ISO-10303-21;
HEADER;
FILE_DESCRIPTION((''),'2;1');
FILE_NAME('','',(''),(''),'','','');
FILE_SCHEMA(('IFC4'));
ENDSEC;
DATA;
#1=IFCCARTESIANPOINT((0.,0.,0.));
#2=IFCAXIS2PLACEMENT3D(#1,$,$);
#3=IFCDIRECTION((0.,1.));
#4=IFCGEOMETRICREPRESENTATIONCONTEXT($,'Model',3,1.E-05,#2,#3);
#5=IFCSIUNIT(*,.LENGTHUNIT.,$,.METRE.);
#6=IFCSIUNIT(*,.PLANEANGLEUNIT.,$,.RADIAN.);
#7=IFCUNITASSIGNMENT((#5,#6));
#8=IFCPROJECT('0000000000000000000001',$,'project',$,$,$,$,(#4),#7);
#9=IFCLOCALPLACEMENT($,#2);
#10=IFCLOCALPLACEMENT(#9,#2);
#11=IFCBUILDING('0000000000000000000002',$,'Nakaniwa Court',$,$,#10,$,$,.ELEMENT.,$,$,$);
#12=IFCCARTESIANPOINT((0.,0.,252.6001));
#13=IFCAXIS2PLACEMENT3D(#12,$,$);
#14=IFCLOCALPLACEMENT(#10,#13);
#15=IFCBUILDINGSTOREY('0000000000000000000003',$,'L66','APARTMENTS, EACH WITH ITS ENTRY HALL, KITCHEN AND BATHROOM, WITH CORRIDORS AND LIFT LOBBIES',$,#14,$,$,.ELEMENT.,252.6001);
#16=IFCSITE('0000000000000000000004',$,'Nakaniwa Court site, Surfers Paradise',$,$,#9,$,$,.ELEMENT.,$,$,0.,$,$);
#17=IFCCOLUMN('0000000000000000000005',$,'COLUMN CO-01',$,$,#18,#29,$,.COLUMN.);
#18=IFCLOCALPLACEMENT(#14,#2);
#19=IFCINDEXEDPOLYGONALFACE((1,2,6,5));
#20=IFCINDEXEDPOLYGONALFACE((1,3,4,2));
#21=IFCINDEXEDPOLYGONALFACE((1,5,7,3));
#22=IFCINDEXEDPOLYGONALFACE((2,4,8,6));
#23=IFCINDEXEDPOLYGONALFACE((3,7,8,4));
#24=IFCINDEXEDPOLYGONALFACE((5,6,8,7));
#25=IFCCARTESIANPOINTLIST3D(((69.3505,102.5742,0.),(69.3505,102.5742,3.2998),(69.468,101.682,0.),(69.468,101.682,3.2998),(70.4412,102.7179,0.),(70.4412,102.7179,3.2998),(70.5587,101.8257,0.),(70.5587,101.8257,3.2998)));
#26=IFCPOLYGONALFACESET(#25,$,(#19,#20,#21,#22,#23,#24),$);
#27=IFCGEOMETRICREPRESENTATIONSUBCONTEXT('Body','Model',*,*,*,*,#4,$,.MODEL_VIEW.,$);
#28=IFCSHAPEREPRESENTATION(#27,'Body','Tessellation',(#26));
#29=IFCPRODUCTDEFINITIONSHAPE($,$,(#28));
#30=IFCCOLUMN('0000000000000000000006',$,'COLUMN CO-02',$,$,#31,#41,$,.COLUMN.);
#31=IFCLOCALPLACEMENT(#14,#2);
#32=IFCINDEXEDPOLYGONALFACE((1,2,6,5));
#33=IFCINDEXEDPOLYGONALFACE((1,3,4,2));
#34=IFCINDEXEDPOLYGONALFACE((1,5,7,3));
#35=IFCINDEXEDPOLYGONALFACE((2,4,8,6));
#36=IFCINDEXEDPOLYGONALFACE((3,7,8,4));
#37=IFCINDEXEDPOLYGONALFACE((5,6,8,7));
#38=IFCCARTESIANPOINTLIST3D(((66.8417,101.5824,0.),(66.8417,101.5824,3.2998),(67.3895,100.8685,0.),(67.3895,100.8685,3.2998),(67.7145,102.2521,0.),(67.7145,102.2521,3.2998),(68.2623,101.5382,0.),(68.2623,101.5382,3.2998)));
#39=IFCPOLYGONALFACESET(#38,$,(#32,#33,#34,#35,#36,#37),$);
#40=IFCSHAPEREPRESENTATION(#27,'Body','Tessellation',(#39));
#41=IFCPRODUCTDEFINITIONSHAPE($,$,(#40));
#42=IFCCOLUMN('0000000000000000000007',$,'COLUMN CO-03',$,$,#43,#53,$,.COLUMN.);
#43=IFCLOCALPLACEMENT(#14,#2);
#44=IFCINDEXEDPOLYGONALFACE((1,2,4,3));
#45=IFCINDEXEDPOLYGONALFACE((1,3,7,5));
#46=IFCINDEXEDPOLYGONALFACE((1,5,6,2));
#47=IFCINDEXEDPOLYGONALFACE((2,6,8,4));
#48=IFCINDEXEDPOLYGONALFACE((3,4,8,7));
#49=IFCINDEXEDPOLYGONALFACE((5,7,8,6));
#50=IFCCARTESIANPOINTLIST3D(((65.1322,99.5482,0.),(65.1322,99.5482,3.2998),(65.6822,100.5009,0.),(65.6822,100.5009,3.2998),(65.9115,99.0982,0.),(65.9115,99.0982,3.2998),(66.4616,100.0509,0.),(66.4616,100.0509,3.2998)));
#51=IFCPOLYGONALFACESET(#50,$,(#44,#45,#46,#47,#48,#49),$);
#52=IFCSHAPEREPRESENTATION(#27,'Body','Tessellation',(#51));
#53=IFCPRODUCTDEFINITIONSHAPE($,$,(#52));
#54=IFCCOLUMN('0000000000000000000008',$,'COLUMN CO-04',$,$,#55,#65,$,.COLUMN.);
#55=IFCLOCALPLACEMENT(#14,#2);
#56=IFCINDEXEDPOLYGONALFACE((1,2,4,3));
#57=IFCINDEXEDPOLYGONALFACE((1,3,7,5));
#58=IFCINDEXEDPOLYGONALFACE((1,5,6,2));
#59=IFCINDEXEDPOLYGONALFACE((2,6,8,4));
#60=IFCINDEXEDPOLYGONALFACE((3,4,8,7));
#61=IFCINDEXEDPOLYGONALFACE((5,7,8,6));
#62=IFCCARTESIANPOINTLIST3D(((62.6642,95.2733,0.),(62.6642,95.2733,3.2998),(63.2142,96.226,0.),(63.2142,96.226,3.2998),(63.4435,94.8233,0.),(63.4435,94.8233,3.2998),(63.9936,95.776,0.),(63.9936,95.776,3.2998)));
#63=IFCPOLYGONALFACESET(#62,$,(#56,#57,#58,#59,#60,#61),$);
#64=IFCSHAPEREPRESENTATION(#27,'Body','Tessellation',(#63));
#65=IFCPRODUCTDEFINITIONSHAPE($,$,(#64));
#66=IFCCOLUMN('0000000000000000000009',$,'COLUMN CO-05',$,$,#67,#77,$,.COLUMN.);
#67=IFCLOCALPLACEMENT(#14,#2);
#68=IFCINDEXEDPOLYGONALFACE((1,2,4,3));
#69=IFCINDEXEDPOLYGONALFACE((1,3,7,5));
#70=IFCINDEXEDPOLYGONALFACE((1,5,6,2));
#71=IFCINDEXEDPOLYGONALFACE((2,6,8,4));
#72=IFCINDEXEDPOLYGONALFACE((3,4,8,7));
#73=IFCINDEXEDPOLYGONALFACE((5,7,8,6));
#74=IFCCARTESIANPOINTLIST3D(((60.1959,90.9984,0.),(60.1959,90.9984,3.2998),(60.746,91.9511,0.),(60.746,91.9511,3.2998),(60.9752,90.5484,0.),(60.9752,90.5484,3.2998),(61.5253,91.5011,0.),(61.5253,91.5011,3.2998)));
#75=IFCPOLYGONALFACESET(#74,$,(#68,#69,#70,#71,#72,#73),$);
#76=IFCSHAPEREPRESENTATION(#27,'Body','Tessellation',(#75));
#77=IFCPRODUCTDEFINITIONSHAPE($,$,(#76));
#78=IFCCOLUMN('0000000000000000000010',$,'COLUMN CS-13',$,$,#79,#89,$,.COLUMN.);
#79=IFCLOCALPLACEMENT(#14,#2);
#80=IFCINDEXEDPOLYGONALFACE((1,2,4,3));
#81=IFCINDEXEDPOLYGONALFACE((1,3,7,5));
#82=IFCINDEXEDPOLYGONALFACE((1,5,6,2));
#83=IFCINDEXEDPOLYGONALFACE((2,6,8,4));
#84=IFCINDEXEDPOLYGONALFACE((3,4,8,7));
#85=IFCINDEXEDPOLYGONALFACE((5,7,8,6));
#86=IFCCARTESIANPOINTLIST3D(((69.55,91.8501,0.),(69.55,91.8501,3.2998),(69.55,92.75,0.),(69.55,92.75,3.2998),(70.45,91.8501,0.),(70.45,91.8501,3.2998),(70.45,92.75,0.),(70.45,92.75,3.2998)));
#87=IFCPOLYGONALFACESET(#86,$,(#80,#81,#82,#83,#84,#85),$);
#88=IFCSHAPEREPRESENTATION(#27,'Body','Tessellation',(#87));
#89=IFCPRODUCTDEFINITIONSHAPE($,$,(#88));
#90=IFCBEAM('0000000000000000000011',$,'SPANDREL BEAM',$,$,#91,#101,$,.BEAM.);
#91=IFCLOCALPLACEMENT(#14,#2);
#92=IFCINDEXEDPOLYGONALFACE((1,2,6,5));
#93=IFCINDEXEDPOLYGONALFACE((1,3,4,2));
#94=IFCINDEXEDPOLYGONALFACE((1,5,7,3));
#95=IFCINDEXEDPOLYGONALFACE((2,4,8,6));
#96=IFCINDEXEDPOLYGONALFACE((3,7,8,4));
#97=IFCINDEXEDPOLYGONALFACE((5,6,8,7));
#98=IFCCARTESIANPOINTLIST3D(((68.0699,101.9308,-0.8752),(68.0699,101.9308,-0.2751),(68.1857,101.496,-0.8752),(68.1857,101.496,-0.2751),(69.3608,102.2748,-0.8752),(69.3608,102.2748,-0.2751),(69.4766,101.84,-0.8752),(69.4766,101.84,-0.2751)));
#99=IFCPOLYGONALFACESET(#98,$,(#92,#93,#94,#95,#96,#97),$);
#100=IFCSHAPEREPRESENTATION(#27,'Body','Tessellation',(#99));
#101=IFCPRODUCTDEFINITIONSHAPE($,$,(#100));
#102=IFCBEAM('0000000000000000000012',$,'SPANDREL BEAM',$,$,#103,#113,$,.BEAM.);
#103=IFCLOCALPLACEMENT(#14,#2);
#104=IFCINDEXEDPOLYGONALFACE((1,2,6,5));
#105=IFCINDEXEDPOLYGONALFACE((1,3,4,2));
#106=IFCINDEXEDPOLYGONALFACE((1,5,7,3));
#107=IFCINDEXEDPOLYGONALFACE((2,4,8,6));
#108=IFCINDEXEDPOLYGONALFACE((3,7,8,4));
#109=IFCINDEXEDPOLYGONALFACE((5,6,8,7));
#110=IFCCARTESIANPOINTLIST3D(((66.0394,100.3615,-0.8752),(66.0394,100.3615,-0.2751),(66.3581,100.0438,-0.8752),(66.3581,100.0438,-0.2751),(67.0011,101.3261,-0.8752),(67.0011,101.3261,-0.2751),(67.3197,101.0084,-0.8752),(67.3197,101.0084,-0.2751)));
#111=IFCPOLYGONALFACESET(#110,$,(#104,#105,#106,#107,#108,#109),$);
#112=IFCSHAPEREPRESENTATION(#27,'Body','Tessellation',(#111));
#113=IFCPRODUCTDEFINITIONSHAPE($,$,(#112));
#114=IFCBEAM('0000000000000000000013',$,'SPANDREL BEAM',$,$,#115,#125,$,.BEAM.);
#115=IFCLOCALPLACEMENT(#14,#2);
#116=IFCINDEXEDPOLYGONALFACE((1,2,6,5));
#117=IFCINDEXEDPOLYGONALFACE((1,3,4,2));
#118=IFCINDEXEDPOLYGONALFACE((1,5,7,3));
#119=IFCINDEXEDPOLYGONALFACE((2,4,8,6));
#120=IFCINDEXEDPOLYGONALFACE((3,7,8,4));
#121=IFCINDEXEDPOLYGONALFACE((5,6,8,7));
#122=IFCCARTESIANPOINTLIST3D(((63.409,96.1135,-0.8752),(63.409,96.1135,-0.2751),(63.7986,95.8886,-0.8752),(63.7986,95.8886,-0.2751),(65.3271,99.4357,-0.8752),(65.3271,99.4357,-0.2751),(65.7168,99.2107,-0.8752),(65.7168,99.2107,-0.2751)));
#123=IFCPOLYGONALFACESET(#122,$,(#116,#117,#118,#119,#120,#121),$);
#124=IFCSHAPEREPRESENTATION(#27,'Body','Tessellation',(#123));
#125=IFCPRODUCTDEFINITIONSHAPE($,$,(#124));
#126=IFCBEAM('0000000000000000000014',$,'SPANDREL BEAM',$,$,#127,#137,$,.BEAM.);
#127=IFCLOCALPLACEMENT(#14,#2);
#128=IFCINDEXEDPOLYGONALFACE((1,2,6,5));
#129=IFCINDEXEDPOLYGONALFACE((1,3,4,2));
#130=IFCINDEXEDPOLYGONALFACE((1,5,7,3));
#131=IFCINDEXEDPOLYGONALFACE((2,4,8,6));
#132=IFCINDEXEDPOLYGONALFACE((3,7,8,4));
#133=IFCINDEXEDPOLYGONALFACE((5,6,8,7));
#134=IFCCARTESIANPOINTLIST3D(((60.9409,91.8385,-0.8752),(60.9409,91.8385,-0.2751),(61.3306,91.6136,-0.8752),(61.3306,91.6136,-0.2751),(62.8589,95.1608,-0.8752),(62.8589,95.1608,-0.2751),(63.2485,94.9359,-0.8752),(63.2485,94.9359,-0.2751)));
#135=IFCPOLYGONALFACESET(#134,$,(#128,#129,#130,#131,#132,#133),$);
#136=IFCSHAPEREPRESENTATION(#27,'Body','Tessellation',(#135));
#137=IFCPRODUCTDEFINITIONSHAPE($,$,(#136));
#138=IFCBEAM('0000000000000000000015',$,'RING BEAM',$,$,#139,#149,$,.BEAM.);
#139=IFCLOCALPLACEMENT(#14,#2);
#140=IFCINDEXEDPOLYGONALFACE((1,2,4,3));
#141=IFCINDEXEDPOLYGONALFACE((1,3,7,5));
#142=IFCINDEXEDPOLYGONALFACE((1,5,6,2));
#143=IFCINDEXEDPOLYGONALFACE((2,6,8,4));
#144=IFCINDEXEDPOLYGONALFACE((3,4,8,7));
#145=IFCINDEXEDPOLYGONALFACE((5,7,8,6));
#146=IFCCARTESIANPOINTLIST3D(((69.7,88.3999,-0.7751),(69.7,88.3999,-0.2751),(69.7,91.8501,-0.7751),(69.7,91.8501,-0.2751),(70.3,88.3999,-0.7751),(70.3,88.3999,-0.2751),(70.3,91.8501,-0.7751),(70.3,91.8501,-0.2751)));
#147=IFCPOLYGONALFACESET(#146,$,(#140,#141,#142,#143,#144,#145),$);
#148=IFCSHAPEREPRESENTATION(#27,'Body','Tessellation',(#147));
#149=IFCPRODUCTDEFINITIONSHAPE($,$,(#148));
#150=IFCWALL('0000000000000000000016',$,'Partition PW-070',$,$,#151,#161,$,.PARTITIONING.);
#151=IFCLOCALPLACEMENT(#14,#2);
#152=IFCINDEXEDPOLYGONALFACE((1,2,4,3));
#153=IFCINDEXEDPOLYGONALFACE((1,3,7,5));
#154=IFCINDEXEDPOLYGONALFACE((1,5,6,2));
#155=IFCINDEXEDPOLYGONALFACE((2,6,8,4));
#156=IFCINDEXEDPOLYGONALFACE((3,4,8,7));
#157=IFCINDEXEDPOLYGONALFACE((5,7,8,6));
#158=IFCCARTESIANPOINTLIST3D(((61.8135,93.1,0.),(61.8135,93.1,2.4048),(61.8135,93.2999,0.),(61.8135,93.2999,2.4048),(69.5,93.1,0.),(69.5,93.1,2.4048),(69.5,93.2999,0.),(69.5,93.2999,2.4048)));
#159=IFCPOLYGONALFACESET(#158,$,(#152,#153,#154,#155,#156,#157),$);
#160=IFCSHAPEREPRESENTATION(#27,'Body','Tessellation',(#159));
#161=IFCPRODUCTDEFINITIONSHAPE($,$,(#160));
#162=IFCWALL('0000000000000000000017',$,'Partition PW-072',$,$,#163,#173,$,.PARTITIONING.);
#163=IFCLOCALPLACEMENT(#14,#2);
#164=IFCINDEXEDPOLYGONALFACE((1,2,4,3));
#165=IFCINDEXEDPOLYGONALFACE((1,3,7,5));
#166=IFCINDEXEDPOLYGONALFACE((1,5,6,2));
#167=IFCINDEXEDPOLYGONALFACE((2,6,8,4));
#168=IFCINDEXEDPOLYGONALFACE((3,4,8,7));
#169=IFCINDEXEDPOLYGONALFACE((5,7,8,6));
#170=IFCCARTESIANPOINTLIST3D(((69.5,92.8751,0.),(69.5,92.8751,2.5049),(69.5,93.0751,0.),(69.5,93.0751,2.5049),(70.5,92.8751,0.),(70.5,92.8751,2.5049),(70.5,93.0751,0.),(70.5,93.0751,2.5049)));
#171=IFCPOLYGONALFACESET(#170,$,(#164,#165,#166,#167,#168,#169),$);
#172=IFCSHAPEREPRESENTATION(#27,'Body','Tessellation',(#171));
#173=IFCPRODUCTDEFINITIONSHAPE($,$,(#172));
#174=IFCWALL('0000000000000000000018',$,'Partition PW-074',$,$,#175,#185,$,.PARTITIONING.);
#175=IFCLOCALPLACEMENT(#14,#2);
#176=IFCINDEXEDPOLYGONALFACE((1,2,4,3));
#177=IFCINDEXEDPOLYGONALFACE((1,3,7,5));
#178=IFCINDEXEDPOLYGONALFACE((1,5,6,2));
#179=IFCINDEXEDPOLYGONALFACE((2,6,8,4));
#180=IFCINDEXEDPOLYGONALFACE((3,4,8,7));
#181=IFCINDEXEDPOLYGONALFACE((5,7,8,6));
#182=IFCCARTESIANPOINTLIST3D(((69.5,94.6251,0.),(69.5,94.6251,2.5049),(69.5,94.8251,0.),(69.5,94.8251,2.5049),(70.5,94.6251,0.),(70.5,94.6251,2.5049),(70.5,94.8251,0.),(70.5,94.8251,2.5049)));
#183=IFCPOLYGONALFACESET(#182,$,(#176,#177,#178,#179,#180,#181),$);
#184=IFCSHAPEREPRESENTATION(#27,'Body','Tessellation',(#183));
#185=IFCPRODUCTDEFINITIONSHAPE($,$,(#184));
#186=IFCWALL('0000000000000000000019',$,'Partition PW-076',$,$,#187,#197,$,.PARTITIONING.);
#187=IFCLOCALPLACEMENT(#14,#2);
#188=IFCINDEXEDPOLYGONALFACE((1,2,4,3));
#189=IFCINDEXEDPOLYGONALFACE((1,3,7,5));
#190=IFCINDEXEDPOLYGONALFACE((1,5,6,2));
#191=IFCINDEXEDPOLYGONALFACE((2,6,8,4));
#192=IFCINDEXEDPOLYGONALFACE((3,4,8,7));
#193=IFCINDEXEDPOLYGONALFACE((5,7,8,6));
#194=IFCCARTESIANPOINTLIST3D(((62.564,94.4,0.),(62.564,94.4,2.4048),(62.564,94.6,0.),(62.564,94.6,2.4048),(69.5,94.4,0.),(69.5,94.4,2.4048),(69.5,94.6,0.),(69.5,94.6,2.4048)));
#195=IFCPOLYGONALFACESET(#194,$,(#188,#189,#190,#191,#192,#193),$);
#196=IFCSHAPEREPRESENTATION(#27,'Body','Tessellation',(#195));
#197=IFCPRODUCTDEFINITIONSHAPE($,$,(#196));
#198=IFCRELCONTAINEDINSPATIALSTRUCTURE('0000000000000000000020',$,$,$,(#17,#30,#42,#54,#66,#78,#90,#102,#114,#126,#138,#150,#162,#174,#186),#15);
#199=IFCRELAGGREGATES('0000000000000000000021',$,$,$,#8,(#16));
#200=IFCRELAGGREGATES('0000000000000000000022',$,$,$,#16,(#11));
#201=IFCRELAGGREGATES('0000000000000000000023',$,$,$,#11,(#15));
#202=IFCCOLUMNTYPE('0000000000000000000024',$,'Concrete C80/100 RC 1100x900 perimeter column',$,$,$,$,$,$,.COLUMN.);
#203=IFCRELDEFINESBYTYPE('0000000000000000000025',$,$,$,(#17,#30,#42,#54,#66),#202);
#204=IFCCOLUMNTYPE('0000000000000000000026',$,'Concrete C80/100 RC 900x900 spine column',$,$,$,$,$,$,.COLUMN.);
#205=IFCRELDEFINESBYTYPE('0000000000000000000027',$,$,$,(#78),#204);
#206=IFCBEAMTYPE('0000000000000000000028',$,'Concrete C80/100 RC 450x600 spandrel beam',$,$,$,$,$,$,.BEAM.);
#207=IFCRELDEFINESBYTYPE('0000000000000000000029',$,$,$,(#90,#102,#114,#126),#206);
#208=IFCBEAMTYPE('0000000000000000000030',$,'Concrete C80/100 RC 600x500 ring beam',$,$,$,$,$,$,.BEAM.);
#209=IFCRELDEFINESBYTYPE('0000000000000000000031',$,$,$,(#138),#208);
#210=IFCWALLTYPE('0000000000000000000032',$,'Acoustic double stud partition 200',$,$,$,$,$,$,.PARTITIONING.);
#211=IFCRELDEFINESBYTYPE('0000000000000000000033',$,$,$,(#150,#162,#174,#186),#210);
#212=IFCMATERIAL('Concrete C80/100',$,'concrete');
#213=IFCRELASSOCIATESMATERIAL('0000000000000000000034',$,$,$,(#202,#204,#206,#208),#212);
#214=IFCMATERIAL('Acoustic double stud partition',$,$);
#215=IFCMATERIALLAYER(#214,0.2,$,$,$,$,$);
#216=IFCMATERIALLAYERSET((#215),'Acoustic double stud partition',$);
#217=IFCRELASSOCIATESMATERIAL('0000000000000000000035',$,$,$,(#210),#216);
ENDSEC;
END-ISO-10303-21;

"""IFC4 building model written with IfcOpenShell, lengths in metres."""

from ifc_helpers import new_model, si_unit, direction, frame, frame_2d, origin, origin_2d, place, context, subcontext, project, spatial, rectangle, extrude, material, layer, layer_set, material_profile, profile_set, type_object, element, save


model = new_model("IFC4")

# Units and contexts
model_context = context("Model", 3, precision=1e-05, world=origin(), true_north=direction((0.0, 1.0)))
body_context = subcontext(model_context, "Body", "Model", "MODEL_VIEW")
ifc_project = project(units=[si_unit("LENGTHUNIT", "METRE"), si_unit("PLANEANGLEUNIT", "RADIAN")], contexts=[model_context])

# Site, building, storey
site_placement = place(None, origin())
site = spatial("IfcSite", under=ifc_project, at=site_placement, Name="Nakaniwa Court site, Surfers Paradise", CompositionType="ELEMENT", RefElevation=0.0)
building_placement = place(site_placement, origin())
building = spatial("IfcBuilding", under=site, at=building_placement, Name="Nakaniwa Court", CompositionType="ELEMENT")
storey_placement = place(building_placement, frame((0.0, 0.0, 252.6001)))
storey = spatial("IfcBuildingStorey", under=building, at=storey_placement, Name="L66", Description="APARTMENTS, EACH WITH ITS ENTRY HALL, KITCHEN AND BATHROOM, WITH CORRIDORS AND LIFT LOBBIES", CompositionType="ELEMENT", Elevation=252.6001)

# Columns
ifc_material_1 = material(Name="Concrete C80/100", Category="concrete")
ifc_material_profile_1 = material_profile(ifc_material_1, rectangle(XDim=1.1001, YDim=0.8999, at=origin_2d()), Name="Concrete C80/100 RC 1100x900 perimeter column")
ifc_profile_set_1 = profile_set([ifc_material_profile_1], Name="Concrete C80/100")
column_type_1 = type_object("IfcColumnType", Name="Concrete C80/100 RC 1100x900 perimeter column", PredefinedType="COLUMN", material=ifc_profile_set_1)
for number, where, z_axis, x_axis, name in (
    (1, (69.9546, 102.2, 0.0), (0.0, 0.0, 1.0), (-0.991443, -0.130543, 0.0), "COLUMN CO-01"),
    (2, (67.552, 101.5603, 0.0), (0.0, 0.0, 1.0), (-0.793364, -0.608748, 0.0), "COLUMN CO-02"),
    (3, (65.7969, 99.7996, 0.0), (0.0, 0.0, 1.0), (-0.5, -0.866025, 0.0), "COLUMN CO-03"),
    (4, (63.3289, 95.5247, 0.0), (0.0, 0.0, 1.0), (-0.5, -0.866025, 0.0), "COLUMN CO-04"),
    (5, (60.8606, 91.2498, 0.0), (0.0, 0.0, 1.0), (-0.5, -0.866025, 0.0), "COLUMN CO-05"),
):
    element("IfcColumn", number, at=place(storey_placement, frame(where, z_axis=z_axis, x_axis=x_axis)), inside=storey, type_object=column_type_1, Name=name, PredefinedType="COLUMN", context=body_context, shape_type="SweptSolid", body=[
        extrude(rectangle(XDim=1.1001, YDim=0.8999, at=origin_2d()), origin(), (0.0, 0.0, 1.0), 3.2998),
    ])
ifc_material_profile_2 = material_profile(ifc_material_1, rectangle(XDim=0.8999, YDim=0.8999, at=origin_2d()), Name="Concrete C80/100 RC 900x900 spine column")
ifc_profile_set_2 = profile_set([ifc_material_profile_2], Name="Concrete C80/100")
column_type_2 = type_object("IfcColumnType", Name="Concrete C80/100 RC 900x900 spine column", PredefinedType="COLUMN", material=ifc_profile_set_2)
column_placement = place(storey_placement, frame((70.0, 92.3, 0.0), z_axis=(0.0, 0.0, 1.0), x_axis=(0.0, -1.0, 0.0)))
element("IfcColumn", 6, at=column_placement, inside=storey, type_object=column_type_2, Name="COLUMN CS-13", PredefinedType="COLUMN", context=body_context, shape_type="SweptSolid", body=[
    extrude(rectangle(XDim=0.8999, YDim=0.8999, at=origin_2d()), origin(), (0.0, 0.0, 1.0), 3.2998),
])

# Beams
ifc_material_profile_3 = material_profile(ifc_material_1, rectangle(XDim=0.45, YDim=0.6001, at=origin_2d()), Name="Concrete C80/100 RC 450x600 spandrel beam")
ifc_profile_set_3 = profile_set([ifc_material_profile_3], Name="Concrete C80/100")
beam_type_1 = type_object("IfcBeamType", Name="Concrete C80/100 RC 450x600 spandrel beam", PredefinedType="BEAM", material=ifc_profile_set_3)
beam_1_placement = place(storey_placement, frame((69.4187, 102.0574, -0.5752), z_axis=(-0.966286, -0.257469, 0.0), x_axis=(0.257469, -0.966286, 0.0)))
element("IfcBeam", 7, at=beam_1_placement, inside=storey, type_object=beam_type_1, Name="SPANDREL BEAM", PredefinedType="BEAM", context=body_context, shape_type="SweptSolid", body=[
    extrude(rectangle(XDim=0.45, YDim=0.6001, at=origin_2d()), origin(), (0.0, 0.0, 1.0), 1.3359),
])
beam_2_placement = place(storey_placement, frame((67.1604, 101.1672, -0.5752), z_axis=(-0.706031, -0.708181, 0.0), x_axis=(0.708181, -0.706031, 0.0)))
element("IfcBeam", 8, at=beam_2_placement, inside=storey, type_object=beam_type_1, Name="SPANDREL BEAM", PredefinedType="BEAM", context=body_context, shape_type="SweptSolid", body=[
    extrude(rectangle(XDim=0.45, YDim=0.6001, at=origin_2d()), origin(), (0.0, 0.0, 1.0), 1.3621),
])
for number, where, z_axis, x_axis, name in (
    (9, (65.522, 99.3232, -0.5752), (-0.50002, -0.866014, 0.0), (0.866014, -0.50002, 0.0), "SPANDREL BEAM"),
    (10, (63.0537, 95.0483, -0.5752), (-0.499972, -0.866041, 0.0), (0.866041, -0.499972, 0.0), "SPANDREL BEAM"),
):
    element("IfcBeam", number, at=place(storey_placement, frame(where, z_axis=z_axis, x_axis=x_axis)), inside=storey, type_object=beam_type_1, Name=name, PredefinedType="BEAM", context=body_context, shape_type="SweptSolid", body=[
        extrude(rectangle(XDim=0.45, YDim=0.6001, at=origin_2d()), origin(), (0.0, 0.0, 1.0), 3.8362),
    ])
ifc_material_profile_4 = material_profile(ifc_material_1, rectangle(XDim=0.6001, YDim=0.5, at=origin_2d()), Name="Concrete C80/100 RC 600x500 ring beam")
ifc_profile_set_4 = profile_set([ifc_material_profile_4], Name="Concrete C80/100")
beam_type_2 = type_object("IfcBeamType", Name="Concrete C80/100 RC 600x500 ring beam", PredefinedType="BEAM", material=ifc_profile_set_4)
beam_3_placement = place(storey_placement, frame((70.0, 91.8501, -0.5251), z_axis=(0.0, -1.0, 0.0), x_axis=(1.0, 0.0, 0.0)))
element("IfcBeam", 11, at=beam_3_placement, inside=storey, type_object=beam_type_2, Name="RING BEAM", PredefinedType="BEAM", context=body_context, shape_type="SweptSolid", body=[
    extrude(rectangle(XDim=0.6001, YDim=0.5, at=origin_2d()), origin(), (0.0, 0.0, 1.0), 3.4502),
])

# Walls
ifc_material_2 = material(Name="Acoustic double stud partition")
ifc_layer_1 = layer(ifc_material_2, 0.2)
ifc_layer_set_1 = layer_set([ifc_layer_1], Name="Acoustic double stud partition")
wall_type_1 = type_object("IfcWallType", Name="Acoustic double stud partition 200", PredefinedType="PARTITIONING", material=ifc_layer_set_1)
wall_1_placement = place(storey_placement, frame((61.8135, 93.2, 0.0), z_axis=(0.0, 0.0, 1.0), x_axis=(1.0, 0.0, 0.0)))
element("IfcWall", 12, at=wall_1_placement, inside=storey, type_object=wall_type_1, Name="Partition PW-070", PredefinedType="PARTITIONING", context=body_context, shape_type="SweptSolid", body=[
    extrude(rectangle(XDim=7.6865, YDim=0.2, at=frame_2d((3.8433, 0.0))), origin(), (0.0, 0.0, 1.0), 2.4048),
])
for number, where, z_axis, x_axis, name in (
    (13, (69.5, 92.9751, 0.0), (0.0, 0.0, 1.0), (1.0, 0.0, 0.0), "Partition PW-072"),
    (14, (69.5, 94.7251, 0.0), (0.0, 0.0, 1.0), (1.0, 0.0, 0.0), "Partition PW-074"),
):
    element("IfcWall", number, at=place(storey_placement, frame(where, z_axis=z_axis, x_axis=x_axis)), inside=storey, type_object=wall_type_1, Name=name, PredefinedType="PARTITIONING", context=body_context, shape_type="SweptSolid", body=[
        extrude(rectangle(XDim=1.0, YDim=0.2, at=frame_2d((0.5, 0.0))), origin(), (0.0, 0.0, 1.0), 2.5049),
    ])
wall_2_placement = place(storey_placement, frame((62.564, 94.5, 0.0), z_axis=(0.0, 0.0, 1.0), x_axis=(1.0, 0.0, 0.0)))
element("IfcWall", 15, at=wall_2_placement, inside=storey, type_object=wall_type_1, Name="Partition PW-076", PredefinedType="PARTITIONING", context=body_context, shape_type="SweptSolid", body=[
    extrude(rectangle(XDim=6.936, YDim=0.2, at=frame_2d((3.468, 0.0))), origin(), (0.0, 0.0, 1.0), 2.4048),
])

save(model, "model.ifc")
